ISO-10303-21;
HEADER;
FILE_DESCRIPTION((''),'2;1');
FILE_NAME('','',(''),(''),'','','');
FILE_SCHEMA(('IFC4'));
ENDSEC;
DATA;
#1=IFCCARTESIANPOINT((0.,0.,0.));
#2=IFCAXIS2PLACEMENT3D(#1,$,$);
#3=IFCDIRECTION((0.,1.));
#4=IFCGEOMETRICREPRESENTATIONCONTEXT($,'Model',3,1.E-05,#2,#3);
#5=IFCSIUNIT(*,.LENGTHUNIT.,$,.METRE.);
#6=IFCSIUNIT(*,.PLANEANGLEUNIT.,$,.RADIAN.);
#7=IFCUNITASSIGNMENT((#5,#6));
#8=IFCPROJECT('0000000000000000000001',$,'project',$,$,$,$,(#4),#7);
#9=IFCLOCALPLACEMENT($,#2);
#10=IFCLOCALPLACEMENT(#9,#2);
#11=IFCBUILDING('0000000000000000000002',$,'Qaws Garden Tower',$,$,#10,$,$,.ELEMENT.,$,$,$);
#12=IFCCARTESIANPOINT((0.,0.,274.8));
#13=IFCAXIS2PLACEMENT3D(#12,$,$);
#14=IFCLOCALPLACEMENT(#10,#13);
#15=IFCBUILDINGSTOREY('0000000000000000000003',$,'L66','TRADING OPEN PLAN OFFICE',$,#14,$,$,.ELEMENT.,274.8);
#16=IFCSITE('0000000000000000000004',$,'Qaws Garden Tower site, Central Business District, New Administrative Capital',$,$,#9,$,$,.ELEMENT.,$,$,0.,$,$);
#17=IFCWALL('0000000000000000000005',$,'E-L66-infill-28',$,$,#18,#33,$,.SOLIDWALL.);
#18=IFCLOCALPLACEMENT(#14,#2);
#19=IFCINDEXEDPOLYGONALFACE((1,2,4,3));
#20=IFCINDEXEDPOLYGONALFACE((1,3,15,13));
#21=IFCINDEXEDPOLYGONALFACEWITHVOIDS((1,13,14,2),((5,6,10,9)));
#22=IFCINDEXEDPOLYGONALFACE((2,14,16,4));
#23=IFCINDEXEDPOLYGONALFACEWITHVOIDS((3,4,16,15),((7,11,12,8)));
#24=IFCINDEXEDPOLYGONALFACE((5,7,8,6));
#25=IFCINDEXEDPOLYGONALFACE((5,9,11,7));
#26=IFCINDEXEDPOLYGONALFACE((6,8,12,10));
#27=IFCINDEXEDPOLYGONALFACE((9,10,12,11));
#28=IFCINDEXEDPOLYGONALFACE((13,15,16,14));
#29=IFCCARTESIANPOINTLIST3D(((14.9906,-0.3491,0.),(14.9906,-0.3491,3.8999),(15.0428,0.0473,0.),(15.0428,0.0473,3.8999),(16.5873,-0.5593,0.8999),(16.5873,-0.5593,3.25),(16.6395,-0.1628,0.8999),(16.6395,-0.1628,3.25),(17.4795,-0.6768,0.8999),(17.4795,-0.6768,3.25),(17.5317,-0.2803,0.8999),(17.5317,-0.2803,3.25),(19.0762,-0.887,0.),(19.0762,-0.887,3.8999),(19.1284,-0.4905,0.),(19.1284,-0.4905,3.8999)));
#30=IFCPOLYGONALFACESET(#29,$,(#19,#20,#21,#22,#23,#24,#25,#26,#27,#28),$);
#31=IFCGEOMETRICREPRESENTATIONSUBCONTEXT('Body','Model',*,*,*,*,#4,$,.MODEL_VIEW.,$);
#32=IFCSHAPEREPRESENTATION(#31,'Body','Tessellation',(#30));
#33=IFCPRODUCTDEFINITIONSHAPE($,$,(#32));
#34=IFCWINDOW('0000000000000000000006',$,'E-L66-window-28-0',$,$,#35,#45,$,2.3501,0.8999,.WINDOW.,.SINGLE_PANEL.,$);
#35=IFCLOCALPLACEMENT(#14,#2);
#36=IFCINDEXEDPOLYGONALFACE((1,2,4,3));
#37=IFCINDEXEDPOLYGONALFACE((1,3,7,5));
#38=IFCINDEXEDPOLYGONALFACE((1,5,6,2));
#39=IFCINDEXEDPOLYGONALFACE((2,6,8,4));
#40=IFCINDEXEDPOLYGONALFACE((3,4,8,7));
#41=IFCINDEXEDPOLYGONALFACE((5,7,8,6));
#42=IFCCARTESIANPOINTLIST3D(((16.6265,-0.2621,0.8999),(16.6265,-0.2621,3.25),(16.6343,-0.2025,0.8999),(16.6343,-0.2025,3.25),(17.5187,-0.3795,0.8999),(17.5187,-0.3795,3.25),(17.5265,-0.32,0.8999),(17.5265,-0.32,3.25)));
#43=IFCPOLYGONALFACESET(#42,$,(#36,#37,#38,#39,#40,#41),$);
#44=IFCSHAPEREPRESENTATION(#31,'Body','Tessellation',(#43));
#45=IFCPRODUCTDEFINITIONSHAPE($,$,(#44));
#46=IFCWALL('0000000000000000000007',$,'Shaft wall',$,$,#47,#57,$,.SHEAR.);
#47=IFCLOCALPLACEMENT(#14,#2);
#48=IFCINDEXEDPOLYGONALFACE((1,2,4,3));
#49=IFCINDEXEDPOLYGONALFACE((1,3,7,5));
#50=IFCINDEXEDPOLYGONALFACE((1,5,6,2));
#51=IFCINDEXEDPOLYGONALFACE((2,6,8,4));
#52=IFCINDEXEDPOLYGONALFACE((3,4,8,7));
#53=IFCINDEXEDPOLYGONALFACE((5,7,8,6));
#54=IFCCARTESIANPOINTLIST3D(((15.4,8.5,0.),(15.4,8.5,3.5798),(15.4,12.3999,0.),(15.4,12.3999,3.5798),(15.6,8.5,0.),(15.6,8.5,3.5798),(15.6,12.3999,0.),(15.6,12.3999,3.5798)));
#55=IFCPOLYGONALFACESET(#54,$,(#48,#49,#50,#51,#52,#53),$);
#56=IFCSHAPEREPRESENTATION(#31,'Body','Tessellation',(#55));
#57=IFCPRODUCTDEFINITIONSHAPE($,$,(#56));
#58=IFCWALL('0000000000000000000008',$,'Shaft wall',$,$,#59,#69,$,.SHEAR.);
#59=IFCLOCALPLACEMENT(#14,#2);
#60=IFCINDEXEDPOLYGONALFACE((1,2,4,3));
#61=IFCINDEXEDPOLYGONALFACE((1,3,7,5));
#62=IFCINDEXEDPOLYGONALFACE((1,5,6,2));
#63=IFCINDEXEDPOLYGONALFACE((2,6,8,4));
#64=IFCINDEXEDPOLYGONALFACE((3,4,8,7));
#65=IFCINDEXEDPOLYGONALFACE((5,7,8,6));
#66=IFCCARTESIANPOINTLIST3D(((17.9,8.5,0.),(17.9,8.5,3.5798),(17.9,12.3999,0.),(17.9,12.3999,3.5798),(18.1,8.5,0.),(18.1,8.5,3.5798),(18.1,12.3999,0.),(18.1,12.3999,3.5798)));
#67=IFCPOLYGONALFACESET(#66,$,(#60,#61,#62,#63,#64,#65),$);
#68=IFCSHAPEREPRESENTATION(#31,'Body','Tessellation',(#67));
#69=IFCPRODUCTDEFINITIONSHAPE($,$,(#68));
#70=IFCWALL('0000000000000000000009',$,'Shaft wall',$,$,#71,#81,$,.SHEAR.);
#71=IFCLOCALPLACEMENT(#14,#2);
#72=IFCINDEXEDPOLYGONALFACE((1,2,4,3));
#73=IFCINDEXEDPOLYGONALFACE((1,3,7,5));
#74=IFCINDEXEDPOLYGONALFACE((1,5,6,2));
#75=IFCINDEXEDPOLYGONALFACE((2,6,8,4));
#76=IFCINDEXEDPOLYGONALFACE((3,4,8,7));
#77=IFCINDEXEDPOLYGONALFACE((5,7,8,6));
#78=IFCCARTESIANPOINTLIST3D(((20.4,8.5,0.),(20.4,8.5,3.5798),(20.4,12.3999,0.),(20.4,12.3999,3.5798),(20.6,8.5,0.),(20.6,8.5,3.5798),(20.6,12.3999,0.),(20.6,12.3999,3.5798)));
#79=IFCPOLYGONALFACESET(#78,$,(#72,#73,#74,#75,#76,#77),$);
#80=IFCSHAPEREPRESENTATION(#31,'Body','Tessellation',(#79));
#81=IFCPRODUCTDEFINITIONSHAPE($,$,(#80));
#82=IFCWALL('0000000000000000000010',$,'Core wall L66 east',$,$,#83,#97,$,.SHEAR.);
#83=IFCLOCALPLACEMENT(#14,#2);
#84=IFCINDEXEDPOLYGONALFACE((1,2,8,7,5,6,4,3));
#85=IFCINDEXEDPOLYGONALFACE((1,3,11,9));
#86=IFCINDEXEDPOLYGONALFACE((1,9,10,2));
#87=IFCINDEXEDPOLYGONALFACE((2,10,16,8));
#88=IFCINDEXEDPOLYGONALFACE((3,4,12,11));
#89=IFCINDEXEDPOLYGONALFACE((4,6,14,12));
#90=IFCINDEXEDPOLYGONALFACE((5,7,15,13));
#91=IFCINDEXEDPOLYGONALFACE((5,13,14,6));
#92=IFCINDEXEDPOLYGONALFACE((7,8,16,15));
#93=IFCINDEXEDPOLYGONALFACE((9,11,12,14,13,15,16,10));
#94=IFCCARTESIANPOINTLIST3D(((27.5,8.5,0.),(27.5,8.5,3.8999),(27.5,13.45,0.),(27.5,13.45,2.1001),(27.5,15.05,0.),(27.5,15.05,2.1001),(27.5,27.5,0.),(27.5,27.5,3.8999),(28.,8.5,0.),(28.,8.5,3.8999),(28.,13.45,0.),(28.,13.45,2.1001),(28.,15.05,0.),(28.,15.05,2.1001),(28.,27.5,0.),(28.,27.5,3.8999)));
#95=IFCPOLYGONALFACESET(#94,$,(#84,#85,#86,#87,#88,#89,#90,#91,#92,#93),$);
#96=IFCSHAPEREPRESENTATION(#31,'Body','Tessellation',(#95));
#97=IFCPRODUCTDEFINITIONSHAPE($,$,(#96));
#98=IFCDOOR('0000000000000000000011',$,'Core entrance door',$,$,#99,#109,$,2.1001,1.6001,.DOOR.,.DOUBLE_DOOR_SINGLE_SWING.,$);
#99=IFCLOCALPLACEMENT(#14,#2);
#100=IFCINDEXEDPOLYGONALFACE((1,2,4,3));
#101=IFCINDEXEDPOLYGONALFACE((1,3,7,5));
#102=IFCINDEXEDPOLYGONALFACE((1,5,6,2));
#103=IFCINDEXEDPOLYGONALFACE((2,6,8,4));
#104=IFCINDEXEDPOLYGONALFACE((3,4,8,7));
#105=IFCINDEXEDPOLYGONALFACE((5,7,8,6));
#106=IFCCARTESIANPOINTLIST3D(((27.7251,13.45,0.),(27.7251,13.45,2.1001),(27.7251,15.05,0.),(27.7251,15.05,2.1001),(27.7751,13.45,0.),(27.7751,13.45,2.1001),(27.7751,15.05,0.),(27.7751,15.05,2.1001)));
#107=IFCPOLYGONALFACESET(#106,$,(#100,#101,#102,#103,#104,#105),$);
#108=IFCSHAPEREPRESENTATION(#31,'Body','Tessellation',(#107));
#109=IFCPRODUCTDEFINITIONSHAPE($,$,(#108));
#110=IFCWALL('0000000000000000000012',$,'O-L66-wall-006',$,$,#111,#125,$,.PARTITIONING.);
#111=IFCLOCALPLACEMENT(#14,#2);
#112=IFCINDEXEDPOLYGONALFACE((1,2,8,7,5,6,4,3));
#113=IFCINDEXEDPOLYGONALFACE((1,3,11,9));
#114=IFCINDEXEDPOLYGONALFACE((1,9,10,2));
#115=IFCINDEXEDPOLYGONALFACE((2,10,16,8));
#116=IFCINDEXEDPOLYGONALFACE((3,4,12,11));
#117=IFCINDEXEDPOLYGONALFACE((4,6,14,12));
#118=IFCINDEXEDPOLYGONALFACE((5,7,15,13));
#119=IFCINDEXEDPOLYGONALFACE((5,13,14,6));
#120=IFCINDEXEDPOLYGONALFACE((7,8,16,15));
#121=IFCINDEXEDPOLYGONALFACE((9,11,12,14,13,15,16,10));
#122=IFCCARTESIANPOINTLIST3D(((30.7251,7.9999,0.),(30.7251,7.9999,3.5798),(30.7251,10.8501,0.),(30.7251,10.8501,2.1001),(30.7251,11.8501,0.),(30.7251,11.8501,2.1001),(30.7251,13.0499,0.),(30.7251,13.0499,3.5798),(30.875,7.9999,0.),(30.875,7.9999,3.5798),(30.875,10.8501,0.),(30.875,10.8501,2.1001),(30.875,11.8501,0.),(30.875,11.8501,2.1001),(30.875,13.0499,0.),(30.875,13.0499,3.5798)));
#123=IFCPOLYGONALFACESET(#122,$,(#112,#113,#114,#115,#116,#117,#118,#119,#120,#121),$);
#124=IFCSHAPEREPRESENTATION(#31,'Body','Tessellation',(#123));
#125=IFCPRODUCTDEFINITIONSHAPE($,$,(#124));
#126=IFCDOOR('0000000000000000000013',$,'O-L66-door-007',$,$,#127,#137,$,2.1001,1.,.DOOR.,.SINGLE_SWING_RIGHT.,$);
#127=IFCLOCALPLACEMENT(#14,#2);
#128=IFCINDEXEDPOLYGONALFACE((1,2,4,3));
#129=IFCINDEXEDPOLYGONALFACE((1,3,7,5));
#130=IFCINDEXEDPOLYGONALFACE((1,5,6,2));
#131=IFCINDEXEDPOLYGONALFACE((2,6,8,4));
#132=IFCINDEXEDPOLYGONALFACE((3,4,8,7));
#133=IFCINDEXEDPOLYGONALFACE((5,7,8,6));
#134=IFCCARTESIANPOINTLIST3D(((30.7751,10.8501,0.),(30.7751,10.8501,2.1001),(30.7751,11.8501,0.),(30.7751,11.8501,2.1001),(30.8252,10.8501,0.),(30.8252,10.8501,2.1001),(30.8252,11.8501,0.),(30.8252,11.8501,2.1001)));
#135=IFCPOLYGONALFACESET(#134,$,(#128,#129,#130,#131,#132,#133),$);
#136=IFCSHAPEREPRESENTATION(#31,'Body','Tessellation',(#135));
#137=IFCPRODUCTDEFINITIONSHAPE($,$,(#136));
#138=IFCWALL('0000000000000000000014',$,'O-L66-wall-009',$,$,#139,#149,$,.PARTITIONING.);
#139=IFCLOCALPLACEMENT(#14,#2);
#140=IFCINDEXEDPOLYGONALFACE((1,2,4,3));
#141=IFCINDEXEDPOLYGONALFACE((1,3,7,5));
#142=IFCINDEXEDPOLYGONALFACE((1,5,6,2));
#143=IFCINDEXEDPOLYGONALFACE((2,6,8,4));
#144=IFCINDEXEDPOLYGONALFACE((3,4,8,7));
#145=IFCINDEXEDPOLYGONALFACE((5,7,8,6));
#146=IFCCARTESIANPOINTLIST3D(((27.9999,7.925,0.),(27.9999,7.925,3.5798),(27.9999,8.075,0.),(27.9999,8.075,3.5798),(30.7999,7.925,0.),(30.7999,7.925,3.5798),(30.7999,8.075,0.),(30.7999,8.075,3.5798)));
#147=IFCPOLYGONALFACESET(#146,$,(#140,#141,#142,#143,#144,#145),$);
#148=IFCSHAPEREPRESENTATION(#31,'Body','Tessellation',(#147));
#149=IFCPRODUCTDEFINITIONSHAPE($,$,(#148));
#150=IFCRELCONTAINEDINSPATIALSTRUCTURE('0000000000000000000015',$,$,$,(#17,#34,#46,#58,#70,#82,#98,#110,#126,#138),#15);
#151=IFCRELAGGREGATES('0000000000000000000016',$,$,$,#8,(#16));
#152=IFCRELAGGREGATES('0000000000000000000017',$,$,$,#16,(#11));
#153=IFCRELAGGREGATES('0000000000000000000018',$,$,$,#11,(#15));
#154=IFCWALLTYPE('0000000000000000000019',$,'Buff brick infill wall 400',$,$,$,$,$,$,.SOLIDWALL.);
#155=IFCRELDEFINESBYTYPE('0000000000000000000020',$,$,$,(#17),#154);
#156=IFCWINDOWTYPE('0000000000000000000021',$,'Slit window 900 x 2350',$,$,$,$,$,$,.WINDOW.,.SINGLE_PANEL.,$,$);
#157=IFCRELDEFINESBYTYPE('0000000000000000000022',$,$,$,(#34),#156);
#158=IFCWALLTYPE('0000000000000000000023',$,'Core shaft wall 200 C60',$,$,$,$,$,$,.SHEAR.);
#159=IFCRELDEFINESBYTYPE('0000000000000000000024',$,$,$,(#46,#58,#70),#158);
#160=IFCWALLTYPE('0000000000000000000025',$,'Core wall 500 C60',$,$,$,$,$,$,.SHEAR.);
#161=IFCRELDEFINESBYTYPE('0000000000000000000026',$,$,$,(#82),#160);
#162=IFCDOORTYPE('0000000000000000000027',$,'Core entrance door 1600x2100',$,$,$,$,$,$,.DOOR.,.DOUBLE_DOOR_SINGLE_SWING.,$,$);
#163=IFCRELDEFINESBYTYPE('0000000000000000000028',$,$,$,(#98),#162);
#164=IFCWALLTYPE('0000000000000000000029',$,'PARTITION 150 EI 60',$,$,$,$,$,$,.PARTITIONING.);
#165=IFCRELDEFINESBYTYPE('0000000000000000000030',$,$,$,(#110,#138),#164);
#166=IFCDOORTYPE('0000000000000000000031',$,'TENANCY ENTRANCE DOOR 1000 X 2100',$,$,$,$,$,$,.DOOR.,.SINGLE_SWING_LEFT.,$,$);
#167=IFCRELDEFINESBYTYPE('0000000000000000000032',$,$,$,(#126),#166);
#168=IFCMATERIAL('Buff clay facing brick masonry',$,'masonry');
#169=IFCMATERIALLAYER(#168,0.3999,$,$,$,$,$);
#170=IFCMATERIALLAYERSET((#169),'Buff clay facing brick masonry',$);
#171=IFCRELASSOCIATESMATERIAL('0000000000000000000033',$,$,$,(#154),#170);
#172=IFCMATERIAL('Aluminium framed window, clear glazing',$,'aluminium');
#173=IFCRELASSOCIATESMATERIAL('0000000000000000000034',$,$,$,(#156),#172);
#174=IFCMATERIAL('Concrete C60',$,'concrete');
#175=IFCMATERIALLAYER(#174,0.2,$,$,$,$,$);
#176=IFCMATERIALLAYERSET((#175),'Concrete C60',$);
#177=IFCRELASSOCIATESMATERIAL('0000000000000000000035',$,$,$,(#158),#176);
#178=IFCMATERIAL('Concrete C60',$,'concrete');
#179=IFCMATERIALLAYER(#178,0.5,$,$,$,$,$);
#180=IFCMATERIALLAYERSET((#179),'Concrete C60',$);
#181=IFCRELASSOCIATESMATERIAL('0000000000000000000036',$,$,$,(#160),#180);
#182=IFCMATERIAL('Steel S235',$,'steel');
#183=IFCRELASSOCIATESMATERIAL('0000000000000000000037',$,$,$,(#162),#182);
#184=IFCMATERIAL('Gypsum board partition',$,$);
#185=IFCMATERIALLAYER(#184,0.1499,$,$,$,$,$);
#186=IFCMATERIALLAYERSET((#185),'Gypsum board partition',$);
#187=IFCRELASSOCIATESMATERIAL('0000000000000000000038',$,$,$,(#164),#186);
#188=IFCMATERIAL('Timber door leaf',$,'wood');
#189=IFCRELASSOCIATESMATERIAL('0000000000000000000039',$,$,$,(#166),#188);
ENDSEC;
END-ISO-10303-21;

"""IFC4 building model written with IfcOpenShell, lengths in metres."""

from ifc_helpers import new_model, si_unit, direction, frame, frame_2d, origin, place, context, subcontext, project, spatial, rectangle, extrude, material, layer, layer_set, type_object, element, fill, save


model = new_model("IFC4")

# Units and contexts
model_context = context("Model", 3, precision=1e-05, world=origin(), true_north=direction((0.0, 1.0)))
body_context = subcontext(model_context, "Body", "Model", "MODEL_VIEW")
ifc_project = project(units=[si_unit("LENGTHUNIT", "METRE"), si_unit("PLANEANGLEUNIT", "RADIAN")], contexts=[model_context])

# Site, building, storey
site_placement = place(None, origin())
site = spatial("IfcSite", under=ifc_project, at=site_placement, Name="Qaws Garden Tower site, Central Business District, New Administrative Capital", CompositionType="ELEMENT", RefElevation=0.0)
building_placement = place(site_placement, origin())
building = spatial("IfcBuilding", under=site, at=building_placement, Name="Qaws Garden Tower", CompositionType="ELEMENT")
storey_placement = place(building_placement, frame((0.0, 0.0, 274.8)))
storey = spatial("IfcBuildingStorey", under=building, at=storey_placement, Name="L66", Description="TRADING OPEN PLAN OFFICE", CompositionType="ELEMENT", Elevation=274.8)

# Shared definitions
ifc_material_1 = material(Name="Buff clay facing brick masonry", Category="masonry")
ifc_layer_1 = layer(ifc_material_1, 0.3999)
ifc_layer_set_1 = layer_set([ifc_layer_1], Name="Buff clay facing brick masonry")
wall_type_1 = type_object("IfcWallType", Name="Buff brick infill wall 400", PredefinedType="SOLIDWALL", material=ifc_layer_set_1)
ifc_material_2 = material(Name="Aluminium framed window, clear glazing", Category="aluminium")
window_type = type_object("IfcWindowType", Name="Slit window 900 x 2350", PartitioningType="SINGLE_PANEL", PredefinedType="WINDOW", material=ifc_material_2)

# Wall, opening, window
wall_1_placement = place(storey_placement, frame((15.0166, -0.1509, 0.0), z_axis=(0.0, 0.0, 1.0), x_axis=(0.991446, -0.130514, 0.0)))
wall_1 = element("IfcWall", 1, at=wall_1_placement, inside=storey, type_object=wall_type_1, Name="E-L66-infill-28", PredefinedType="SOLIDWALL", context=body_context, shape_type="SweptSolid", body=[
    extrude(rectangle(XDim=4.1208, YDim=0.3999, at=frame_2d((2.0605, 0.0))), origin(), (0.0, 0.0, 1.0), 3.8999),
])
opening_1_placement = place(wall_1_placement, frame((1.6106, 0.0, 0.8999)))
opening_1 = element("IfcOpeningElement", 2, at=opening_1_placement, cuts=wall_1, PredefinedType="OPENING", context=body_context, shape_type="SweptSolid", body=[
    extrude(rectangle(XDim=0.8999, YDim=2.3501, at=frame_2d((0.45, 1.175))), frame((0.0, 0.21, 0.0), z_axis=(0.0, -1.0, 0.0), x_axis=(1.0, 0.0, 0.0)), (0.0, 0.0, 1.0), 0.4199),
])
window_1_placement = place(opening_1_placement, origin())
window_1 = element("IfcWindow", 3, at=window_1_placement, inside=storey, type_object=window_type, Name="E-L66-window-28-0", OverallHeight=2.3501, OverallWidth=0.8999, PartitioningType="SINGLE_PANEL", PredefinedType="WINDOW", context=body_context, shape_type="SweptSolid", body=[
    extrude(rectangle(XDim=0.8999, YDim=2.3501, at=frame_2d((0.45, 1.175))), frame((0.0, 0.1599, 0.0), z_axis=(0.0, -1.0, 0.0), x_axis=(1.0, 0.0, 0.0)), (0.0, 0.0, 1.0), 0.0601),
])
fill(opening_1, window_1)

# Walls
ifc_material_3 = material(Name="Concrete C60", Category="concrete")
ifc_layer_2 = layer(ifc_material_3, 0.2)
ifc_layer_set_2 = layer_set([ifc_layer_2], Name="Concrete C60")
wall_type_2 = type_object("IfcWallType", Name="Core shaft wall 200 C60", PredefinedType="SHEAR", material=ifc_layer_set_2)
for number, where, z_axis, x_axis, name in (
    (4, (15.5, 8.5, 0.0), (0.0, 0.0, 1.0), (0.0, 1.0, 0.0), "Shaft wall"),
    (5, (18.0, 8.5, 0.0), (0.0, 0.0, 1.0), (0.0, 1.0, 0.0), "Shaft wall"),
    (6, (20.5, 8.5, 0.0), (0.0, 0.0, 1.0), (0.0, 1.0, 0.0), "Shaft wall"),
):
    element("IfcWall", number, at=place(storey_placement, frame(where, z_axis=z_axis, x_axis=x_axis)), inside=storey, type_object=wall_type_2, Name=name, PredefinedType="SHEAR", context=body_context, shape_type="SweptSolid", body=[
        extrude(rectangle(XDim=3.8999, YDim=0.2, at=frame_2d((1.95, 0.0))), origin(), (0.0, 0.0, 1.0), 3.5798),
    ])

# Walls, openings, doors
ifc_material_4 = material(Name="Concrete C60", Category="concrete")
ifc_layer_3 = layer(ifc_material_4, 0.5)
ifc_layer_set_3 = layer_set([ifc_layer_3], Name="Concrete C60")
wall_type_3 = type_object("IfcWallType", Name="Core wall 500 C60", PredefinedType="SHEAR", material=ifc_layer_set_3)
wall_2_placement = place(storey_placement, frame((27.75, 8.5, 0.0), z_axis=(0.0, 0.0, 1.0), x_axis=(0.0, 1.0, 0.0)))
wall_2 = element("IfcWall", 7, at=wall_2_placement, inside=storey, type_object=wall_type_3, Name="Core wall L66 east", PredefinedType="SHEAR", context=body_context, shape_type="SweptSolid", body=[
    extrude(rectangle(XDim=19.0, YDim=0.5, at=frame_2d((9.5, 0.0))), origin(), (0.0, 0.0, 1.0), 3.8999),
])
opening_2_placement = place(wall_2_placement, frame((4.95, 0.0, 0.0)))
opening_2 = element("IfcOpeningElement", 8, at=opening_2_placement, cuts=wall_2, PredefinedType="OPENING", context=body_context, shape_type="SweptSolid", body=[
    extrude(rectangle(XDim=1.6001, YDim=2.1001, at=frame_2d((0.8, 1.05))), frame((0.0, 0.26, 0.0), z_axis=(0.0, -1.0, 0.0), x_axis=(1.0, 0.0, 0.0)), (0.0, 0.0, 1.0), 0.52),
])
ifc_material_5 = material(Name="Steel S235", Category="steel")
door_type_1 = type_object("IfcDoorType", Name="Core entrance door 1600x2100", OperationType="DOUBLE_DOOR_SINGLE_SWING", PredefinedType="DOOR", material=ifc_material_5)
door_1_placement = place(opening_2_placement, origin())
door_1 = element("IfcDoor", 9, at=door_1_placement, inside=storey, type_object=door_type_1, Name="Core entrance door", OperationType="DOUBLE_DOOR_SINGLE_SWING", OverallHeight=2.1001, OverallWidth=1.6001, PredefinedType="DOOR", context=body_context, shape_type="SweptSolid", body=[
    extrude(rectangle(XDim=1.6001, YDim=2.1001, at=frame_2d((0.8, 1.05))), frame((0.0, 0.0249, 0.0), z_axis=(0.0, -1.0, 0.0), x_axis=(1.0, 0.0, 0.0)), (0.0, 0.0, 1.0), 0.05),
])
fill(opening_2, door_1)
ifc_material_6 = material(Name="Gypsum board partition")
ifc_layer_4 = layer(ifc_material_6, 0.1499)
ifc_layer_set_4 = layer_set([ifc_layer_4], Name="Gypsum board partition")
wall_type_4 = type_object("IfcWallType", Name="PARTITION 150 EI 60", PredefinedType="PARTITIONING", material=ifc_layer_set_4)
wall_3_placement = place(storey_placement, frame((30.8, 8.0, 0.0), z_axis=(0.0, 0.0, 1.0), x_axis=(0.0, 1.0, 0.0)))
wall_3 = element("IfcWall", 10, at=wall_3_placement, inside=storey, type_object=wall_type_4, Name="O-L66-wall-006", PredefinedType="PARTITIONING", context=body_context, shape_type="SweptSolid", body=[
    extrude(rectangle(XDim=5.05, YDim=0.1499, at=frame_2d((2.5249, 0.0))), origin(), (0.0, 0.0, 1.0), 3.5798),
])
opening_3_placement = place(wall_3_placement, frame((2.8501, 0.0, 0.0)))
opening_3 = element("IfcOpeningElement", 11, at=opening_3_placement, cuts=wall_3, PredefinedType="OPENING", context=body_context, shape_type="SweptSolid", body=[
    extrude(rectangle(XDim=1.0, YDim=2.1001, at=frame_2d((0.5, 1.05))), frame((0.0, 0.085, 0.0), z_axis=(0.0, -1.0, 0.0), x_axis=(1.0, 0.0, 0.0)), (0.0, 0.0, 1.0), 0.1699),
])
ifc_material_7 = material(Name="Timber door leaf", Category="wood")
door_type_2 = type_object("IfcDoorType", Name="TENANCY ENTRANCE DOOR 1000 X 2100", OperationType="SINGLE_SWING_LEFT", PredefinedType="DOOR", material=ifc_material_7)
door_2_placement = place(opening_3_placement, origin())
door_2 = element("IfcDoor", 12, at=door_2_placement, inside=storey, type_object=door_type_2, Name="O-L66-door-007", OperationType="SINGLE_SWING_RIGHT", OverallHeight=2.1001, OverallWidth=1.0, PredefinedType="DOOR", context=body_context, shape_type="SweptSolid", body=[
    extrude(rectangle(XDim=1.0, YDim=2.1001, at=frame_2d((0.5, 1.05))), frame((0.0, 0.0249, 0.0), z_axis=(0.0, -1.0, 0.0), x_axis=(1.0, 0.0, 0.0)), (0.0, 0.0, 1.0), 0.05),
])
fill(opening_3, door_2)

# Wall
wall_4_placement = place(storey_placement, frame((28.0, 8.0, 0.0), z_axis=(0.0, 0.0, 1.0), x_axis=(1.0, 0.0, 0.0)))
element("IfcWall", 13, at=wall_4_placement, inside=storey, type_object=wall_type_4, Name="O-L66-wall-009", PredefinedType="PARTITIONING", context=body_context, shape_type="SweptSolid", body=[
    extrude(rectangle(XDim=2.8, YDim=0.1499, at=frame_2d((1.3999, 0.0))), origin(), (0.0, 0.0, 1.0), 3.5798),
])

save(model, "model.ifc")
